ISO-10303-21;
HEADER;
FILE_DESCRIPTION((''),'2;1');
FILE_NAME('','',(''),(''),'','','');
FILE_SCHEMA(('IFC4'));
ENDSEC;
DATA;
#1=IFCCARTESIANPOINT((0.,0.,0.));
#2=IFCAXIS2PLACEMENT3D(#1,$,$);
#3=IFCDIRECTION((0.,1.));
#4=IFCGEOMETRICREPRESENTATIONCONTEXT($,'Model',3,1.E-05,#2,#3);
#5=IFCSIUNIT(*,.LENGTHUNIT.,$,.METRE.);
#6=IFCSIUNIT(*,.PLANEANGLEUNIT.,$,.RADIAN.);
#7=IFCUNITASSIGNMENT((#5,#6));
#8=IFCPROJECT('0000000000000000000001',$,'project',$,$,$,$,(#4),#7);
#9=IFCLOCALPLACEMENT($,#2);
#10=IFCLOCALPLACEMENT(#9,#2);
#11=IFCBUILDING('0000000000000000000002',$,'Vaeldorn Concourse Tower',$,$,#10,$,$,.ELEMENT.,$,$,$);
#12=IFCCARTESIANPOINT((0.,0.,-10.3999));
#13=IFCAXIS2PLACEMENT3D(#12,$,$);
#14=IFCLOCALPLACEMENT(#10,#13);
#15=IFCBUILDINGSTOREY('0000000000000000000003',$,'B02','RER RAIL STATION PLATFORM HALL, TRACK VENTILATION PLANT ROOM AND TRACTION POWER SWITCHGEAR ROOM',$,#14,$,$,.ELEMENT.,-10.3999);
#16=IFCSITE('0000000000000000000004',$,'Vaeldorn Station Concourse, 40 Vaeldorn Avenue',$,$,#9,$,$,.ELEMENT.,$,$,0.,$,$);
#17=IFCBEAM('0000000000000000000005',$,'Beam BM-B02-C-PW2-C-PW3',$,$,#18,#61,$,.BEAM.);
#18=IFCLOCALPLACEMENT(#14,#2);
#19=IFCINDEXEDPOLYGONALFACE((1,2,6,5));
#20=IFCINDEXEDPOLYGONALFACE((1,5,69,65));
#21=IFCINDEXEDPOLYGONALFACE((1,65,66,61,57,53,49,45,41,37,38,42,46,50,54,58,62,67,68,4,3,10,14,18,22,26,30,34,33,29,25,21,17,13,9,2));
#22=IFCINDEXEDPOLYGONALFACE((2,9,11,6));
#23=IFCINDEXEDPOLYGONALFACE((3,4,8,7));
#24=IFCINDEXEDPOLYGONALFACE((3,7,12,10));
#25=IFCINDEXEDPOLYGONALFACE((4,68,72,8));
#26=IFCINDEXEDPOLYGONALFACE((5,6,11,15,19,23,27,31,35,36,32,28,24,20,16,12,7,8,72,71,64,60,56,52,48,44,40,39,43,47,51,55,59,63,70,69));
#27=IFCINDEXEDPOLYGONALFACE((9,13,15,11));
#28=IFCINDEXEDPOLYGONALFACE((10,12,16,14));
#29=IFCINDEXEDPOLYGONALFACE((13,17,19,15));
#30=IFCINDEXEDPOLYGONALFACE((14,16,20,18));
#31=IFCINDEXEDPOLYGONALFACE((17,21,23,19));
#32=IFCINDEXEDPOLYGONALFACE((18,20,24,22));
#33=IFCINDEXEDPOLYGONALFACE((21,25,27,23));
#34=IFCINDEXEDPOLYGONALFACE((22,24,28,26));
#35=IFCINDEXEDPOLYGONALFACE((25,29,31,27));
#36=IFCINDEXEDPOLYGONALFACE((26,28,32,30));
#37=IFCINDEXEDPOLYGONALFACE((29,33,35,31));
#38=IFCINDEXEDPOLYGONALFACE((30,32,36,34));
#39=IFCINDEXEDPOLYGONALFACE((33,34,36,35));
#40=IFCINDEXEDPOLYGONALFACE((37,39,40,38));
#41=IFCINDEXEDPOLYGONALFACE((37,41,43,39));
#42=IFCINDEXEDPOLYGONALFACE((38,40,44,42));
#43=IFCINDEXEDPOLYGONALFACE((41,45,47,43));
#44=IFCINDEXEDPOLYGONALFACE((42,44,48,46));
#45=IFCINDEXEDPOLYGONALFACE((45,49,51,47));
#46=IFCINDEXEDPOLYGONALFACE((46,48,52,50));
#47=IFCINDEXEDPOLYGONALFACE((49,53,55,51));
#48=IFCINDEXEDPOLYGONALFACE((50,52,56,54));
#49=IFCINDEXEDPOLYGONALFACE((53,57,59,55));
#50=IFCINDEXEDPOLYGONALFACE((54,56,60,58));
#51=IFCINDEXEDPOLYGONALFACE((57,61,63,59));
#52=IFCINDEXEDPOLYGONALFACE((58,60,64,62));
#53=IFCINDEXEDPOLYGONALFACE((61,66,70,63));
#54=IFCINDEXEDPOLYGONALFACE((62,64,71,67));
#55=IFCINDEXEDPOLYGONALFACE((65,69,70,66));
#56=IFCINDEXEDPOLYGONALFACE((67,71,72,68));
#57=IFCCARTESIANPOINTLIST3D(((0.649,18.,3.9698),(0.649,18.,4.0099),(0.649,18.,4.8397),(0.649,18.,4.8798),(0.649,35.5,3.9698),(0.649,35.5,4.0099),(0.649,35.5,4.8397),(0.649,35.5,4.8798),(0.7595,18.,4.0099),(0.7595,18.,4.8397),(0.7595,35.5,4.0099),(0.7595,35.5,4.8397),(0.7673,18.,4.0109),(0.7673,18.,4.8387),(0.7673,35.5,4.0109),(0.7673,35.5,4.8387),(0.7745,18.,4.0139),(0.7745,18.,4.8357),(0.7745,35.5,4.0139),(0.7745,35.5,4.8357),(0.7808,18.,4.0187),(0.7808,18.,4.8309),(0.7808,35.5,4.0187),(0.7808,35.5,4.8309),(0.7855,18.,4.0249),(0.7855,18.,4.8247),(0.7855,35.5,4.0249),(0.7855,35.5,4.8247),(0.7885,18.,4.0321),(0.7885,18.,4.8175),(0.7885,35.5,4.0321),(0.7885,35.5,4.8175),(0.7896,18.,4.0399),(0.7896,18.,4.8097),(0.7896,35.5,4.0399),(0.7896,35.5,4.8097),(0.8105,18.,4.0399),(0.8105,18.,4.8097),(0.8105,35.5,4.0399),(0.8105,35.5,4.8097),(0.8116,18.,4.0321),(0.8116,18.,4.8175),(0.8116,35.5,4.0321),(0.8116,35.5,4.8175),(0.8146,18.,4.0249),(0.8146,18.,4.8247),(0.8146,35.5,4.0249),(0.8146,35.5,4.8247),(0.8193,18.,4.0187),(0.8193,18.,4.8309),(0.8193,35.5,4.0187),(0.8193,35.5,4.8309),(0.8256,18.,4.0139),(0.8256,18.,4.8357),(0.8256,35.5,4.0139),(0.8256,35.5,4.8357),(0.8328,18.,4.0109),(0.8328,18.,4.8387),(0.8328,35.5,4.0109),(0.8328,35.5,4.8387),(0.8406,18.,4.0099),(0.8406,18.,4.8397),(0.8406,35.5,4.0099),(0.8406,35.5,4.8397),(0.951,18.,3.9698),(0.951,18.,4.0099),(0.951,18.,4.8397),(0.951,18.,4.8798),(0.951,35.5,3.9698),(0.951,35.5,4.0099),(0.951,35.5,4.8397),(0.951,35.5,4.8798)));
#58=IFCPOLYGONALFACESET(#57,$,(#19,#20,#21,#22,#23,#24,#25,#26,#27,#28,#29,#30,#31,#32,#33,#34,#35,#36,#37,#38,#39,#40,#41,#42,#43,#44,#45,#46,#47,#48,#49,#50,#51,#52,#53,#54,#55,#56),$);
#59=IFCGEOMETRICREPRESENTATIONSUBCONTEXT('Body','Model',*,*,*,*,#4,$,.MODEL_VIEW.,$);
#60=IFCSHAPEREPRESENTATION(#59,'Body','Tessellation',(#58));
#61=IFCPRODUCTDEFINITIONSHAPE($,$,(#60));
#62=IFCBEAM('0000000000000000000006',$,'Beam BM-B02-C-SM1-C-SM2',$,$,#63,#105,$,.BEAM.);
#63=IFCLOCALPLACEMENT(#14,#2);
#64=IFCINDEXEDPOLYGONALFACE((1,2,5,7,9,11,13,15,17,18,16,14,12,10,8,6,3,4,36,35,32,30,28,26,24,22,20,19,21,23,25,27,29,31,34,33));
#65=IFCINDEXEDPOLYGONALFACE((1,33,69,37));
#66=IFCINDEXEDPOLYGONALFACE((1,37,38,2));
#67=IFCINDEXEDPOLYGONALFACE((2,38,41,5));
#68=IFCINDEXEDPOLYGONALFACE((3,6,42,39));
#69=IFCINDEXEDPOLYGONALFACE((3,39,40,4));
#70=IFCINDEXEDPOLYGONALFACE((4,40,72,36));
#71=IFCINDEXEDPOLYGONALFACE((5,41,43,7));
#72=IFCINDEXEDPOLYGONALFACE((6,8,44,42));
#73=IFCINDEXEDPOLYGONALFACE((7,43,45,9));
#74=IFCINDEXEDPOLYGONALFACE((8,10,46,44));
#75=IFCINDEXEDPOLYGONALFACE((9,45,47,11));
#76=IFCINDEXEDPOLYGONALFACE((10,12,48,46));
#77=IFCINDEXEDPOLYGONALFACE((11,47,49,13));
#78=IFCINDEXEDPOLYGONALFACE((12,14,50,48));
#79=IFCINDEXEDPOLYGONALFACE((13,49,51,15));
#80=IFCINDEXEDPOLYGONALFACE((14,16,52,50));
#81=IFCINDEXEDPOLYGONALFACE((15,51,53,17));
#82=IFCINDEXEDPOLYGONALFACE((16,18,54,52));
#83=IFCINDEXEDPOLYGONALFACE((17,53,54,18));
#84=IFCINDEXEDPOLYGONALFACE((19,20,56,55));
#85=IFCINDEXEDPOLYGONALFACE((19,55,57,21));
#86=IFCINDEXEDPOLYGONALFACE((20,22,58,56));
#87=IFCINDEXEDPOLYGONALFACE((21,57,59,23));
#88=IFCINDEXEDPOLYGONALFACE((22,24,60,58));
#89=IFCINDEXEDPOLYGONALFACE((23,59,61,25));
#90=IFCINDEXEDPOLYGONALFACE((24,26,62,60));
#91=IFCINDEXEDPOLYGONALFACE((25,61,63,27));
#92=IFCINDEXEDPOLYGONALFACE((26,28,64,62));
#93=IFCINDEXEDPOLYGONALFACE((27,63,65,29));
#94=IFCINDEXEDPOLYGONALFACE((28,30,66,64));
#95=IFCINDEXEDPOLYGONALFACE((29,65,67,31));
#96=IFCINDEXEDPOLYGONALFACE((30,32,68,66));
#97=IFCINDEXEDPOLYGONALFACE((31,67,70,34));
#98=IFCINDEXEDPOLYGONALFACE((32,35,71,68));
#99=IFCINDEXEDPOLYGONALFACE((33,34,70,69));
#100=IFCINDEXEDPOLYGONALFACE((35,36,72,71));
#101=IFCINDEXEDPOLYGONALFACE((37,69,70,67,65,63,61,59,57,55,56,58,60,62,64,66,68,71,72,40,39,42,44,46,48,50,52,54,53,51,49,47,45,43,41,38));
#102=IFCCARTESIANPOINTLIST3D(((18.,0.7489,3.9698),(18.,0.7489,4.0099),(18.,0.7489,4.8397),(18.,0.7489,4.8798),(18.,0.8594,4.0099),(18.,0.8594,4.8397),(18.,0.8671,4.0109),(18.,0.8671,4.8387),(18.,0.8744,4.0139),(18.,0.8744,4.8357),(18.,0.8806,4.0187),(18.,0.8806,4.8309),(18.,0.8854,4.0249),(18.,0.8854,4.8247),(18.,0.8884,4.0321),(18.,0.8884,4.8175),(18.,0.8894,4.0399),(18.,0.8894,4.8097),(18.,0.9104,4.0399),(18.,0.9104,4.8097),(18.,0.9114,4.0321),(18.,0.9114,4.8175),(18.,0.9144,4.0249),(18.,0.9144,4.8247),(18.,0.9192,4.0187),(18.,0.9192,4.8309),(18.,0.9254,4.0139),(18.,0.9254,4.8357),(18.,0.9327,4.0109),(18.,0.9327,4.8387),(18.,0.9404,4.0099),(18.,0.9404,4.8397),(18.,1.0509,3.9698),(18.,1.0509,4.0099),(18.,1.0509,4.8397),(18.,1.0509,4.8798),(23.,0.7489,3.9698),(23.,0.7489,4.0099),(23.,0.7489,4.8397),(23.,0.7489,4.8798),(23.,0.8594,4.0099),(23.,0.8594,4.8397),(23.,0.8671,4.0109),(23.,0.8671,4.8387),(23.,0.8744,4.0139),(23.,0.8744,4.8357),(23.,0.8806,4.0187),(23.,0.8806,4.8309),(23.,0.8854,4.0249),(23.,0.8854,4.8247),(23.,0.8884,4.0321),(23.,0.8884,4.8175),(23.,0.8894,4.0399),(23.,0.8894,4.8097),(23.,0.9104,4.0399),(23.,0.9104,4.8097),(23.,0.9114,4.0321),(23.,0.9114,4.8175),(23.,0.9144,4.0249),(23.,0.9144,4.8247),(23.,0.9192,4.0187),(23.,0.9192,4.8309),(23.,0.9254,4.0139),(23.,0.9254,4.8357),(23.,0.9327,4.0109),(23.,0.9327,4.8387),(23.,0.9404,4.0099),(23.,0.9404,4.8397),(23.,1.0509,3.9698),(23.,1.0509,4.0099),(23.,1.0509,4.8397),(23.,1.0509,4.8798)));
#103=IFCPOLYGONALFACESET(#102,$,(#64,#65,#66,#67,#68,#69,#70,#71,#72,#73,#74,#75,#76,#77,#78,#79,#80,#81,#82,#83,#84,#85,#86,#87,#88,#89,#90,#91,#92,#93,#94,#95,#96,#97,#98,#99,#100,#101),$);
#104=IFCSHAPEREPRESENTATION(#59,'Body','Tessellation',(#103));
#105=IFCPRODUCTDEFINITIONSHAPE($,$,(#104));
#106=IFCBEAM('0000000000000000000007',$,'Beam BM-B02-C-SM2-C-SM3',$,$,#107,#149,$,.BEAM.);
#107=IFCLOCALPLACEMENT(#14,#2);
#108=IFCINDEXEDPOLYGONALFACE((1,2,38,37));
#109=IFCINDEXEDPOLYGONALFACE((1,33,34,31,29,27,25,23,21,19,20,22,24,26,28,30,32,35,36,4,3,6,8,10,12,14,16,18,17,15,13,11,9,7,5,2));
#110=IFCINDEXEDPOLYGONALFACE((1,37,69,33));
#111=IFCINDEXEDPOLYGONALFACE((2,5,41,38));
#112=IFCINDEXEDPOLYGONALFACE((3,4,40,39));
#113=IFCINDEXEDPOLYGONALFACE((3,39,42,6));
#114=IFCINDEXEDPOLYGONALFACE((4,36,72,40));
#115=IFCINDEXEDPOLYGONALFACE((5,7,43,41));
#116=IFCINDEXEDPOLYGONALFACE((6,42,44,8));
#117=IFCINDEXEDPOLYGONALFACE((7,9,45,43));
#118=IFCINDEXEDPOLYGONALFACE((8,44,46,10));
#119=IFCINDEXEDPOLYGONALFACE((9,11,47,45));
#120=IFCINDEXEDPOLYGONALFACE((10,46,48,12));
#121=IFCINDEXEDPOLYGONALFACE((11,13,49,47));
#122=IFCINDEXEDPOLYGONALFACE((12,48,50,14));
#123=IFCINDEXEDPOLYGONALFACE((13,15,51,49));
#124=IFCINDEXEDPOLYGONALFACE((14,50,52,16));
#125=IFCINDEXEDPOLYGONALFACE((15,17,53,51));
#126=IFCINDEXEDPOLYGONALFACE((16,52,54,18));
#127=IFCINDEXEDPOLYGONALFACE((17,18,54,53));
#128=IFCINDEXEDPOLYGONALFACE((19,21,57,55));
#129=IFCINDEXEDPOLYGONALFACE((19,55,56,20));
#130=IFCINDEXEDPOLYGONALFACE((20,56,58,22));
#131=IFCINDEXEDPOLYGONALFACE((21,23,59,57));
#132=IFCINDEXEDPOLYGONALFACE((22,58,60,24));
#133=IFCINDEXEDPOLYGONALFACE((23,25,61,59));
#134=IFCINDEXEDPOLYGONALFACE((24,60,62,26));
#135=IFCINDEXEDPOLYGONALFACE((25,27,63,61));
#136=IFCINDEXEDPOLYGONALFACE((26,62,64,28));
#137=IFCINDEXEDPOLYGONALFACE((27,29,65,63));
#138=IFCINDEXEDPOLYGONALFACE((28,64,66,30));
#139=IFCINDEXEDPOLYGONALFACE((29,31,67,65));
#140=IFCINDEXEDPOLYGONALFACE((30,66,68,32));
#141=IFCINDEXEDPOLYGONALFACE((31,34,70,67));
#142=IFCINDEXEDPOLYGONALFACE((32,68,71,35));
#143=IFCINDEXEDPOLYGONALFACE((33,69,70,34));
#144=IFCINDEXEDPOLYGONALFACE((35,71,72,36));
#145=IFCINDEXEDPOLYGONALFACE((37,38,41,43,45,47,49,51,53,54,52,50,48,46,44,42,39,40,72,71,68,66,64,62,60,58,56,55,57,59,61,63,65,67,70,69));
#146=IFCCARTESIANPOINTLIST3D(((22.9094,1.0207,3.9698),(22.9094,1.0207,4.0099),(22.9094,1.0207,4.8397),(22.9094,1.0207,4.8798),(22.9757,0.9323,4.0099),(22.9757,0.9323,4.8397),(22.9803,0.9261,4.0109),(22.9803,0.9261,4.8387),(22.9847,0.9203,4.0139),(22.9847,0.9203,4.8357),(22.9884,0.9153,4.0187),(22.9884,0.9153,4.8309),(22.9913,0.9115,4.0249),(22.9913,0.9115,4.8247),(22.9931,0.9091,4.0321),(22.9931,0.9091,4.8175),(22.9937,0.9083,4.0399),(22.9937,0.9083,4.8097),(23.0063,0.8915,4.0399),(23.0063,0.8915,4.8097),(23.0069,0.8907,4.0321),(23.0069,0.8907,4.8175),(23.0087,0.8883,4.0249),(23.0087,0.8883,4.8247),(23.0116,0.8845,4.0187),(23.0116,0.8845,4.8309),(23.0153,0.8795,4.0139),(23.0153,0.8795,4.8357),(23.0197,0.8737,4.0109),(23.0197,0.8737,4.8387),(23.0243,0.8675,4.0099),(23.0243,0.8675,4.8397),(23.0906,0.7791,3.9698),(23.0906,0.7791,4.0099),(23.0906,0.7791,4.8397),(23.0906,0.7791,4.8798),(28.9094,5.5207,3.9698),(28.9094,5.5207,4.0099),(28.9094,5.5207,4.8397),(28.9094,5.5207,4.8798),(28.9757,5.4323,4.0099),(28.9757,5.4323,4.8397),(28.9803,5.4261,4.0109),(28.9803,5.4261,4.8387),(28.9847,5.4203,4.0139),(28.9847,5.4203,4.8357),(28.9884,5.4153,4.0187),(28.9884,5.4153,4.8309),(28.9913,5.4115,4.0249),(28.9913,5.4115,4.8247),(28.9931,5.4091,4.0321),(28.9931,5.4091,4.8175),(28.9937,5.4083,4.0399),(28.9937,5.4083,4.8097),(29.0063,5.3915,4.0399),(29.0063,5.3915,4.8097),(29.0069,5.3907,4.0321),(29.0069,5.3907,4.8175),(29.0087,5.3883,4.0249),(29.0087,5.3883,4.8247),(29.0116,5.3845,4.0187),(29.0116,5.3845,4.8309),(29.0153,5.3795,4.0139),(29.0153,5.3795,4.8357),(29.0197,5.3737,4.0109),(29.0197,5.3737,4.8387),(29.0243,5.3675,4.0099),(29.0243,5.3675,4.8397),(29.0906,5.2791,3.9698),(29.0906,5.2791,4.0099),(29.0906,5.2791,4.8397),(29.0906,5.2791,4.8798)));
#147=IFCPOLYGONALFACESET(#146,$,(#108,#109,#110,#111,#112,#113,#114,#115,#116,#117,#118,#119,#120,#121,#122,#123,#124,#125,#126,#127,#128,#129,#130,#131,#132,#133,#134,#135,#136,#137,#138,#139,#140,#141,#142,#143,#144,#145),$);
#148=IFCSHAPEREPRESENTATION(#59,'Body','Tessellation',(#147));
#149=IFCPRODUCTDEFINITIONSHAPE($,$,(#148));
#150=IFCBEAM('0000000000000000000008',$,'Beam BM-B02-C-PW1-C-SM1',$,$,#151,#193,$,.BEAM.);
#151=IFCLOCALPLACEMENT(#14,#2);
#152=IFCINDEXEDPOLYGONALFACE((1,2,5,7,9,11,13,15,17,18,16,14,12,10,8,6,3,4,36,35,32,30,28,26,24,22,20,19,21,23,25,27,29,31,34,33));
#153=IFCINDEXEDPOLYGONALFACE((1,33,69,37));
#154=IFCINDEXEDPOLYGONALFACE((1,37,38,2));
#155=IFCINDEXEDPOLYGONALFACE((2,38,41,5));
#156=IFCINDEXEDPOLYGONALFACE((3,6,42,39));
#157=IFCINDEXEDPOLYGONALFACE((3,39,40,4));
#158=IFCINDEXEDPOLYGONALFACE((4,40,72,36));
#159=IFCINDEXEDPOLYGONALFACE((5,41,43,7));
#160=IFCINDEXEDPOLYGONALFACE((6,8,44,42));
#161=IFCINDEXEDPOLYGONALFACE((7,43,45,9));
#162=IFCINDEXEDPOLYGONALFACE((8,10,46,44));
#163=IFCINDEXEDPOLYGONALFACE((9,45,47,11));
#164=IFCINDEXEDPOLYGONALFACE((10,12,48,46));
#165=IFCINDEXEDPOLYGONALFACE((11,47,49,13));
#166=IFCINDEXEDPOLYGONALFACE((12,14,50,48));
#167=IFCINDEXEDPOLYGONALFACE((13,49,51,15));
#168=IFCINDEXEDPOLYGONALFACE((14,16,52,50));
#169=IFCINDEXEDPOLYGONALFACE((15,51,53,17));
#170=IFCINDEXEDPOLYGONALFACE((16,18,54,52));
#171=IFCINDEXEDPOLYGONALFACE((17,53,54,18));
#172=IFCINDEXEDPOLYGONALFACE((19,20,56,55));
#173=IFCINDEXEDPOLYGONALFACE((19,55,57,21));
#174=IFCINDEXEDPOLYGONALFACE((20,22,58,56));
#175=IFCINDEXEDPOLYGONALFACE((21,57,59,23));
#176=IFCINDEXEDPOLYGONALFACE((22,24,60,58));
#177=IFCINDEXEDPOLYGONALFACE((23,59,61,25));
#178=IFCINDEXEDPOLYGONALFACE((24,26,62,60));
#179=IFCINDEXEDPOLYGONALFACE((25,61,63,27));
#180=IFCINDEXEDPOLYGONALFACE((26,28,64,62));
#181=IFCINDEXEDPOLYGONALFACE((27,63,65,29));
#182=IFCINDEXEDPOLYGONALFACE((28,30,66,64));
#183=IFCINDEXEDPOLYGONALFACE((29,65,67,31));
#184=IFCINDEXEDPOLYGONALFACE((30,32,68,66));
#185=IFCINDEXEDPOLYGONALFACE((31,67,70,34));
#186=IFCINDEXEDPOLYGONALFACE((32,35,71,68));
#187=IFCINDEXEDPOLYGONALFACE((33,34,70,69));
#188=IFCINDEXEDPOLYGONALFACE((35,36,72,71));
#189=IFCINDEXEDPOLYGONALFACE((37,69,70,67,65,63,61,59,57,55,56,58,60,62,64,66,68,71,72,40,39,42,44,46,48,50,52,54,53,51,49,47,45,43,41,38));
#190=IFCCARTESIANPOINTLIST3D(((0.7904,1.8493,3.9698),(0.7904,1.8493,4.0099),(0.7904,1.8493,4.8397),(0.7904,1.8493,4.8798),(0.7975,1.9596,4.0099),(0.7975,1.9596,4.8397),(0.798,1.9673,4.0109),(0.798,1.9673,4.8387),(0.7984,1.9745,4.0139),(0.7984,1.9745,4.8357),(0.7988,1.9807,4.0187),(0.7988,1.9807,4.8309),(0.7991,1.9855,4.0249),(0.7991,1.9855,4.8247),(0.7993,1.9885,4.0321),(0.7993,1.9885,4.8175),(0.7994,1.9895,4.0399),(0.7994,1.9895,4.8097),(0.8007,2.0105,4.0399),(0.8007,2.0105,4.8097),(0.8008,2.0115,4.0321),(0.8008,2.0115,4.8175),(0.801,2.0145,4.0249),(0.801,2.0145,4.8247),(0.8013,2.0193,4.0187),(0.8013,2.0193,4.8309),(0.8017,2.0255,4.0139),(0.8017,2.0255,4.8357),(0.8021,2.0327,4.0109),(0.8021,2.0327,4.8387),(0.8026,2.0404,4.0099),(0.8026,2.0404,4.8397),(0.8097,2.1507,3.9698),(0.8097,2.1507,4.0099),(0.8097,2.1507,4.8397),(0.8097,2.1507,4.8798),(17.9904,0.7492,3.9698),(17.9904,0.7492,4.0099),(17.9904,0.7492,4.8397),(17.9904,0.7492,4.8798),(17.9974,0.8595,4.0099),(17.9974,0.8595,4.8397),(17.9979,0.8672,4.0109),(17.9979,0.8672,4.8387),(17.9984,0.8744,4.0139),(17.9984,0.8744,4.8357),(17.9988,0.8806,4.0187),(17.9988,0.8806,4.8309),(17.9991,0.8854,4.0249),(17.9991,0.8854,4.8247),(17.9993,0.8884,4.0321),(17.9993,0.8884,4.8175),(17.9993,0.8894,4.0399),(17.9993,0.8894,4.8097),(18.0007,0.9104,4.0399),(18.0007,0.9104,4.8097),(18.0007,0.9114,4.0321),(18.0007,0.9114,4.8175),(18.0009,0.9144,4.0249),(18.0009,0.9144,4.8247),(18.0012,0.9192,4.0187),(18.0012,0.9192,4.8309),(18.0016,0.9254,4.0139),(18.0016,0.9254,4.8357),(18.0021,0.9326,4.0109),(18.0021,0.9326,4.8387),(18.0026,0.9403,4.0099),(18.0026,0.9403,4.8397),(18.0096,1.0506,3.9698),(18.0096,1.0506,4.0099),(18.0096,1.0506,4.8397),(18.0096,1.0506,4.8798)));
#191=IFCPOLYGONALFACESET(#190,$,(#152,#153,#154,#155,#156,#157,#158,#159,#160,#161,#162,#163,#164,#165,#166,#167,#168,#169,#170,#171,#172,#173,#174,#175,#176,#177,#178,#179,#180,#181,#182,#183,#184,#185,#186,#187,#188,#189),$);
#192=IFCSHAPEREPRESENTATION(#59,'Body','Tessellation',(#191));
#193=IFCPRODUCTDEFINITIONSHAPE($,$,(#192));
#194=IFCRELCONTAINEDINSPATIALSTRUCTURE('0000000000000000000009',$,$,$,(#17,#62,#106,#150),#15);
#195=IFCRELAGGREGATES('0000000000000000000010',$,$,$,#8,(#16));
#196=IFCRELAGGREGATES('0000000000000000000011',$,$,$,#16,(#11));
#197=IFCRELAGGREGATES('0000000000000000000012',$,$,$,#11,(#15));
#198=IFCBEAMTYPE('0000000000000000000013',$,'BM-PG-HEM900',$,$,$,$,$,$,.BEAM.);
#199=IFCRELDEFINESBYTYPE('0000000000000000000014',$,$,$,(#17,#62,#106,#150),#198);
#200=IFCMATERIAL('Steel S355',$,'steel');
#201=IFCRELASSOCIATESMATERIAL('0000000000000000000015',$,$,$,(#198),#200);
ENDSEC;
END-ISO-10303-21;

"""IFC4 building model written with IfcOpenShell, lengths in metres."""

from ifc_helpers import new_model, si_unit, direction, frame, origin, origin_2d, place, context, subcontext, project, spatial, i_section, extrude, source, transform, mapped, material, material_profile, profile_set, type_object, element, save


model = new_model("IFC4")

# Units and contexts
model_context = context("Model", 3, precision=1e-05, world=origin(), true_north=direction((0.0, 1.0)))
body_context = subcontext(model_context, "Body", "Model", "MODEL_VIEW")
ifc_project = project(units=[si_unit("LENGTHUNIT", "METRE"), si_unit("PLANEANGLEUNIT", "RADIAN")], contexts=[model_context])

# Site, building, storey
site_placement = place(None, origin())
site = spatial("IfcSite", under=ifc_project, at=site_placement, Name="Vaeldorn Station Concourse, 40 Vaeldorn Avenue", CompositionType="ELEMENT", RefElevation=0.0)
building_placement = place(site_placement, origin())
building = spatial("IfcBuilding", under=site, at=building_placement, Name="Vaeldorn Concourse Tower", CompositionType="ELEMENT")
storey_placement = place(building_placement, frame((0.0, 0.0, -10.3999)))
storey = spatial("IfcBuildingStorey", under=building, at=storey_placement, Name="B02", Description="RER RAIL STATION PLATFORM HALL, TRACK VENTILATION PLANT ROOM AND TRACTION POWER SWITCHGEAR ROOM", CompositionType="ELEMENT", Elevation=-10.3999)

# Beams
ifc_material_1 = material(Name="Steel S355", Category="steel")
ifc_material_profile_1 = material_profile(ifc_material_1, i_section(OverallWidth=0.302, OverallDepth=0.9099, WebThickness=0.021, FlangeThickness=0.04, FilletRadius=0.03, at=origin_2d()), Name="HEM 900")
ifc_profile_set_1 = profile_set([ifc_material_profile_1], Name="Steel S355")
beam_type_1 = type_object("IfcBeamType", Name="BM-PG-HEM900", PredefinedType="BEAM", material=ifc_profile_set_1)
shared_shape_1 = source(origin(), body_context, "Body", "SweptSolid", [
    extrude(i_section(OverallWidth=0.302, OverallDepth=0.9099, WebThickness=0.021, FlangeThickness=0.04, FilletRadius=0.03, at=origin_2d()), origin(), (0.0, 0.0, 1.0), 17.5),
])
beam_1_placement = place(storey_placement, frame((0.8, 18.0, 4.4248), z_axis=(0.0, 1.0, 0.0), x_axis=(-1.0, 0.0, 0.0)))
element("IfcBeam", 1, at=beam_1_placement, inside=storey, type_object=beam_type_1, Name="Beam BM-B02-C-PW2-C-PW3", PredefinedType="BEAM", context=body_context, shape_type="MappedRepresentation", body=[
    mapped(shared_shape_1, transform((0.0, 0.0, 0.0), scale=1.0)),
])
shared_shape_2 = source(origin(), body_context, "Body", "SweptSolid", [
    extrude(i_section(OverallWidth=0.302, OverallDepth=0.9099, WebThickness=0.021, FlangeThickness=0.04, FilletRadius=0.03, at=origin_2d()), origin(), (0.0, 0.0, 1.0), 5.0),
])
beam_2_placement = place(storey_placement, frame((18.0, 0.8999, 4.4248), z_axis=(1.0, 0.0, 0.0), x_axis=(0.0, 1.0, 0.0)))
element("IfcBeam", 2, at=beam_2_placement, inside=storey, type_object=beam_type_1, Name="Beam BM-B02-C-SM1-C-SM2", PredefinedType="BEAM", context=body_context, shape_type="MappedRepresentation", body=[
    mapped(shared_shape_2, transform((0.0, 0.0, 0.0), scale=1.0)),
])
shared_shape_3 = source(origin(), body_context, "Body", "SweptSolid", [
    extrude(i_section(OverallWidth=0.302, OverallDepth=0.9099, WebThickness=0.021, FlangeThickness=0.04, FilletRadius=0.03, at=origin_2d()), origin(), (0.0, 0.0, 1.0), 7.5),
])
beam_3_placement = place(storey_placement, frame((23.0, 0.8999, 4.4248), z_axis=(0.8, 0.6, 0.0), x_axis=(-0.6, 0.8, 0.0)))
element("IfcBeam", 3, at=beam_3_placement, inside=storey, type_object=beam_type_1, Name="Beam BM-B02-C-SM2-C-SM3", PredefinedType="BEAM", context=body_context, shape_type="MappedRepresentation", body=[
    mapped(shared_shape_3, transform((0.0, 0.0, 0.0), scale=1.0)),
])
shared_shape_4 = source(origin(), body_context, "Body", "SweptSolid", [
    extrude(i_section(OverallWidth=0.302, OverallDepth=0.9099, WebThickness=0.021, FlangeThickness=0.04, FilletRadius=0.03, at=origin_2d()), origin(), (0.0, 0.0, 1.0), 17.2351),
])
beam_4_placement = place(storey_placement, frame((0.8, 2.0, 4.4248), z_axis=(0.997961, -0.063829, 0.0), x_axis=(0.063829, 0.997961, 0.0)))
element("IfcBeam", 4, at=beam_4_placement, inside=storey, type_object=beam_type_1, Name="Beam BM-B02-C-PW1-C-SM1", PredefinedType="BEAM", context=body_context, shape_type="MappedRepresentation", body=[
    mapped(shared_shape_4, transform((0.0, 0.0, 0.0), scale=1.0)),
])

save(model, "model.ifc")
